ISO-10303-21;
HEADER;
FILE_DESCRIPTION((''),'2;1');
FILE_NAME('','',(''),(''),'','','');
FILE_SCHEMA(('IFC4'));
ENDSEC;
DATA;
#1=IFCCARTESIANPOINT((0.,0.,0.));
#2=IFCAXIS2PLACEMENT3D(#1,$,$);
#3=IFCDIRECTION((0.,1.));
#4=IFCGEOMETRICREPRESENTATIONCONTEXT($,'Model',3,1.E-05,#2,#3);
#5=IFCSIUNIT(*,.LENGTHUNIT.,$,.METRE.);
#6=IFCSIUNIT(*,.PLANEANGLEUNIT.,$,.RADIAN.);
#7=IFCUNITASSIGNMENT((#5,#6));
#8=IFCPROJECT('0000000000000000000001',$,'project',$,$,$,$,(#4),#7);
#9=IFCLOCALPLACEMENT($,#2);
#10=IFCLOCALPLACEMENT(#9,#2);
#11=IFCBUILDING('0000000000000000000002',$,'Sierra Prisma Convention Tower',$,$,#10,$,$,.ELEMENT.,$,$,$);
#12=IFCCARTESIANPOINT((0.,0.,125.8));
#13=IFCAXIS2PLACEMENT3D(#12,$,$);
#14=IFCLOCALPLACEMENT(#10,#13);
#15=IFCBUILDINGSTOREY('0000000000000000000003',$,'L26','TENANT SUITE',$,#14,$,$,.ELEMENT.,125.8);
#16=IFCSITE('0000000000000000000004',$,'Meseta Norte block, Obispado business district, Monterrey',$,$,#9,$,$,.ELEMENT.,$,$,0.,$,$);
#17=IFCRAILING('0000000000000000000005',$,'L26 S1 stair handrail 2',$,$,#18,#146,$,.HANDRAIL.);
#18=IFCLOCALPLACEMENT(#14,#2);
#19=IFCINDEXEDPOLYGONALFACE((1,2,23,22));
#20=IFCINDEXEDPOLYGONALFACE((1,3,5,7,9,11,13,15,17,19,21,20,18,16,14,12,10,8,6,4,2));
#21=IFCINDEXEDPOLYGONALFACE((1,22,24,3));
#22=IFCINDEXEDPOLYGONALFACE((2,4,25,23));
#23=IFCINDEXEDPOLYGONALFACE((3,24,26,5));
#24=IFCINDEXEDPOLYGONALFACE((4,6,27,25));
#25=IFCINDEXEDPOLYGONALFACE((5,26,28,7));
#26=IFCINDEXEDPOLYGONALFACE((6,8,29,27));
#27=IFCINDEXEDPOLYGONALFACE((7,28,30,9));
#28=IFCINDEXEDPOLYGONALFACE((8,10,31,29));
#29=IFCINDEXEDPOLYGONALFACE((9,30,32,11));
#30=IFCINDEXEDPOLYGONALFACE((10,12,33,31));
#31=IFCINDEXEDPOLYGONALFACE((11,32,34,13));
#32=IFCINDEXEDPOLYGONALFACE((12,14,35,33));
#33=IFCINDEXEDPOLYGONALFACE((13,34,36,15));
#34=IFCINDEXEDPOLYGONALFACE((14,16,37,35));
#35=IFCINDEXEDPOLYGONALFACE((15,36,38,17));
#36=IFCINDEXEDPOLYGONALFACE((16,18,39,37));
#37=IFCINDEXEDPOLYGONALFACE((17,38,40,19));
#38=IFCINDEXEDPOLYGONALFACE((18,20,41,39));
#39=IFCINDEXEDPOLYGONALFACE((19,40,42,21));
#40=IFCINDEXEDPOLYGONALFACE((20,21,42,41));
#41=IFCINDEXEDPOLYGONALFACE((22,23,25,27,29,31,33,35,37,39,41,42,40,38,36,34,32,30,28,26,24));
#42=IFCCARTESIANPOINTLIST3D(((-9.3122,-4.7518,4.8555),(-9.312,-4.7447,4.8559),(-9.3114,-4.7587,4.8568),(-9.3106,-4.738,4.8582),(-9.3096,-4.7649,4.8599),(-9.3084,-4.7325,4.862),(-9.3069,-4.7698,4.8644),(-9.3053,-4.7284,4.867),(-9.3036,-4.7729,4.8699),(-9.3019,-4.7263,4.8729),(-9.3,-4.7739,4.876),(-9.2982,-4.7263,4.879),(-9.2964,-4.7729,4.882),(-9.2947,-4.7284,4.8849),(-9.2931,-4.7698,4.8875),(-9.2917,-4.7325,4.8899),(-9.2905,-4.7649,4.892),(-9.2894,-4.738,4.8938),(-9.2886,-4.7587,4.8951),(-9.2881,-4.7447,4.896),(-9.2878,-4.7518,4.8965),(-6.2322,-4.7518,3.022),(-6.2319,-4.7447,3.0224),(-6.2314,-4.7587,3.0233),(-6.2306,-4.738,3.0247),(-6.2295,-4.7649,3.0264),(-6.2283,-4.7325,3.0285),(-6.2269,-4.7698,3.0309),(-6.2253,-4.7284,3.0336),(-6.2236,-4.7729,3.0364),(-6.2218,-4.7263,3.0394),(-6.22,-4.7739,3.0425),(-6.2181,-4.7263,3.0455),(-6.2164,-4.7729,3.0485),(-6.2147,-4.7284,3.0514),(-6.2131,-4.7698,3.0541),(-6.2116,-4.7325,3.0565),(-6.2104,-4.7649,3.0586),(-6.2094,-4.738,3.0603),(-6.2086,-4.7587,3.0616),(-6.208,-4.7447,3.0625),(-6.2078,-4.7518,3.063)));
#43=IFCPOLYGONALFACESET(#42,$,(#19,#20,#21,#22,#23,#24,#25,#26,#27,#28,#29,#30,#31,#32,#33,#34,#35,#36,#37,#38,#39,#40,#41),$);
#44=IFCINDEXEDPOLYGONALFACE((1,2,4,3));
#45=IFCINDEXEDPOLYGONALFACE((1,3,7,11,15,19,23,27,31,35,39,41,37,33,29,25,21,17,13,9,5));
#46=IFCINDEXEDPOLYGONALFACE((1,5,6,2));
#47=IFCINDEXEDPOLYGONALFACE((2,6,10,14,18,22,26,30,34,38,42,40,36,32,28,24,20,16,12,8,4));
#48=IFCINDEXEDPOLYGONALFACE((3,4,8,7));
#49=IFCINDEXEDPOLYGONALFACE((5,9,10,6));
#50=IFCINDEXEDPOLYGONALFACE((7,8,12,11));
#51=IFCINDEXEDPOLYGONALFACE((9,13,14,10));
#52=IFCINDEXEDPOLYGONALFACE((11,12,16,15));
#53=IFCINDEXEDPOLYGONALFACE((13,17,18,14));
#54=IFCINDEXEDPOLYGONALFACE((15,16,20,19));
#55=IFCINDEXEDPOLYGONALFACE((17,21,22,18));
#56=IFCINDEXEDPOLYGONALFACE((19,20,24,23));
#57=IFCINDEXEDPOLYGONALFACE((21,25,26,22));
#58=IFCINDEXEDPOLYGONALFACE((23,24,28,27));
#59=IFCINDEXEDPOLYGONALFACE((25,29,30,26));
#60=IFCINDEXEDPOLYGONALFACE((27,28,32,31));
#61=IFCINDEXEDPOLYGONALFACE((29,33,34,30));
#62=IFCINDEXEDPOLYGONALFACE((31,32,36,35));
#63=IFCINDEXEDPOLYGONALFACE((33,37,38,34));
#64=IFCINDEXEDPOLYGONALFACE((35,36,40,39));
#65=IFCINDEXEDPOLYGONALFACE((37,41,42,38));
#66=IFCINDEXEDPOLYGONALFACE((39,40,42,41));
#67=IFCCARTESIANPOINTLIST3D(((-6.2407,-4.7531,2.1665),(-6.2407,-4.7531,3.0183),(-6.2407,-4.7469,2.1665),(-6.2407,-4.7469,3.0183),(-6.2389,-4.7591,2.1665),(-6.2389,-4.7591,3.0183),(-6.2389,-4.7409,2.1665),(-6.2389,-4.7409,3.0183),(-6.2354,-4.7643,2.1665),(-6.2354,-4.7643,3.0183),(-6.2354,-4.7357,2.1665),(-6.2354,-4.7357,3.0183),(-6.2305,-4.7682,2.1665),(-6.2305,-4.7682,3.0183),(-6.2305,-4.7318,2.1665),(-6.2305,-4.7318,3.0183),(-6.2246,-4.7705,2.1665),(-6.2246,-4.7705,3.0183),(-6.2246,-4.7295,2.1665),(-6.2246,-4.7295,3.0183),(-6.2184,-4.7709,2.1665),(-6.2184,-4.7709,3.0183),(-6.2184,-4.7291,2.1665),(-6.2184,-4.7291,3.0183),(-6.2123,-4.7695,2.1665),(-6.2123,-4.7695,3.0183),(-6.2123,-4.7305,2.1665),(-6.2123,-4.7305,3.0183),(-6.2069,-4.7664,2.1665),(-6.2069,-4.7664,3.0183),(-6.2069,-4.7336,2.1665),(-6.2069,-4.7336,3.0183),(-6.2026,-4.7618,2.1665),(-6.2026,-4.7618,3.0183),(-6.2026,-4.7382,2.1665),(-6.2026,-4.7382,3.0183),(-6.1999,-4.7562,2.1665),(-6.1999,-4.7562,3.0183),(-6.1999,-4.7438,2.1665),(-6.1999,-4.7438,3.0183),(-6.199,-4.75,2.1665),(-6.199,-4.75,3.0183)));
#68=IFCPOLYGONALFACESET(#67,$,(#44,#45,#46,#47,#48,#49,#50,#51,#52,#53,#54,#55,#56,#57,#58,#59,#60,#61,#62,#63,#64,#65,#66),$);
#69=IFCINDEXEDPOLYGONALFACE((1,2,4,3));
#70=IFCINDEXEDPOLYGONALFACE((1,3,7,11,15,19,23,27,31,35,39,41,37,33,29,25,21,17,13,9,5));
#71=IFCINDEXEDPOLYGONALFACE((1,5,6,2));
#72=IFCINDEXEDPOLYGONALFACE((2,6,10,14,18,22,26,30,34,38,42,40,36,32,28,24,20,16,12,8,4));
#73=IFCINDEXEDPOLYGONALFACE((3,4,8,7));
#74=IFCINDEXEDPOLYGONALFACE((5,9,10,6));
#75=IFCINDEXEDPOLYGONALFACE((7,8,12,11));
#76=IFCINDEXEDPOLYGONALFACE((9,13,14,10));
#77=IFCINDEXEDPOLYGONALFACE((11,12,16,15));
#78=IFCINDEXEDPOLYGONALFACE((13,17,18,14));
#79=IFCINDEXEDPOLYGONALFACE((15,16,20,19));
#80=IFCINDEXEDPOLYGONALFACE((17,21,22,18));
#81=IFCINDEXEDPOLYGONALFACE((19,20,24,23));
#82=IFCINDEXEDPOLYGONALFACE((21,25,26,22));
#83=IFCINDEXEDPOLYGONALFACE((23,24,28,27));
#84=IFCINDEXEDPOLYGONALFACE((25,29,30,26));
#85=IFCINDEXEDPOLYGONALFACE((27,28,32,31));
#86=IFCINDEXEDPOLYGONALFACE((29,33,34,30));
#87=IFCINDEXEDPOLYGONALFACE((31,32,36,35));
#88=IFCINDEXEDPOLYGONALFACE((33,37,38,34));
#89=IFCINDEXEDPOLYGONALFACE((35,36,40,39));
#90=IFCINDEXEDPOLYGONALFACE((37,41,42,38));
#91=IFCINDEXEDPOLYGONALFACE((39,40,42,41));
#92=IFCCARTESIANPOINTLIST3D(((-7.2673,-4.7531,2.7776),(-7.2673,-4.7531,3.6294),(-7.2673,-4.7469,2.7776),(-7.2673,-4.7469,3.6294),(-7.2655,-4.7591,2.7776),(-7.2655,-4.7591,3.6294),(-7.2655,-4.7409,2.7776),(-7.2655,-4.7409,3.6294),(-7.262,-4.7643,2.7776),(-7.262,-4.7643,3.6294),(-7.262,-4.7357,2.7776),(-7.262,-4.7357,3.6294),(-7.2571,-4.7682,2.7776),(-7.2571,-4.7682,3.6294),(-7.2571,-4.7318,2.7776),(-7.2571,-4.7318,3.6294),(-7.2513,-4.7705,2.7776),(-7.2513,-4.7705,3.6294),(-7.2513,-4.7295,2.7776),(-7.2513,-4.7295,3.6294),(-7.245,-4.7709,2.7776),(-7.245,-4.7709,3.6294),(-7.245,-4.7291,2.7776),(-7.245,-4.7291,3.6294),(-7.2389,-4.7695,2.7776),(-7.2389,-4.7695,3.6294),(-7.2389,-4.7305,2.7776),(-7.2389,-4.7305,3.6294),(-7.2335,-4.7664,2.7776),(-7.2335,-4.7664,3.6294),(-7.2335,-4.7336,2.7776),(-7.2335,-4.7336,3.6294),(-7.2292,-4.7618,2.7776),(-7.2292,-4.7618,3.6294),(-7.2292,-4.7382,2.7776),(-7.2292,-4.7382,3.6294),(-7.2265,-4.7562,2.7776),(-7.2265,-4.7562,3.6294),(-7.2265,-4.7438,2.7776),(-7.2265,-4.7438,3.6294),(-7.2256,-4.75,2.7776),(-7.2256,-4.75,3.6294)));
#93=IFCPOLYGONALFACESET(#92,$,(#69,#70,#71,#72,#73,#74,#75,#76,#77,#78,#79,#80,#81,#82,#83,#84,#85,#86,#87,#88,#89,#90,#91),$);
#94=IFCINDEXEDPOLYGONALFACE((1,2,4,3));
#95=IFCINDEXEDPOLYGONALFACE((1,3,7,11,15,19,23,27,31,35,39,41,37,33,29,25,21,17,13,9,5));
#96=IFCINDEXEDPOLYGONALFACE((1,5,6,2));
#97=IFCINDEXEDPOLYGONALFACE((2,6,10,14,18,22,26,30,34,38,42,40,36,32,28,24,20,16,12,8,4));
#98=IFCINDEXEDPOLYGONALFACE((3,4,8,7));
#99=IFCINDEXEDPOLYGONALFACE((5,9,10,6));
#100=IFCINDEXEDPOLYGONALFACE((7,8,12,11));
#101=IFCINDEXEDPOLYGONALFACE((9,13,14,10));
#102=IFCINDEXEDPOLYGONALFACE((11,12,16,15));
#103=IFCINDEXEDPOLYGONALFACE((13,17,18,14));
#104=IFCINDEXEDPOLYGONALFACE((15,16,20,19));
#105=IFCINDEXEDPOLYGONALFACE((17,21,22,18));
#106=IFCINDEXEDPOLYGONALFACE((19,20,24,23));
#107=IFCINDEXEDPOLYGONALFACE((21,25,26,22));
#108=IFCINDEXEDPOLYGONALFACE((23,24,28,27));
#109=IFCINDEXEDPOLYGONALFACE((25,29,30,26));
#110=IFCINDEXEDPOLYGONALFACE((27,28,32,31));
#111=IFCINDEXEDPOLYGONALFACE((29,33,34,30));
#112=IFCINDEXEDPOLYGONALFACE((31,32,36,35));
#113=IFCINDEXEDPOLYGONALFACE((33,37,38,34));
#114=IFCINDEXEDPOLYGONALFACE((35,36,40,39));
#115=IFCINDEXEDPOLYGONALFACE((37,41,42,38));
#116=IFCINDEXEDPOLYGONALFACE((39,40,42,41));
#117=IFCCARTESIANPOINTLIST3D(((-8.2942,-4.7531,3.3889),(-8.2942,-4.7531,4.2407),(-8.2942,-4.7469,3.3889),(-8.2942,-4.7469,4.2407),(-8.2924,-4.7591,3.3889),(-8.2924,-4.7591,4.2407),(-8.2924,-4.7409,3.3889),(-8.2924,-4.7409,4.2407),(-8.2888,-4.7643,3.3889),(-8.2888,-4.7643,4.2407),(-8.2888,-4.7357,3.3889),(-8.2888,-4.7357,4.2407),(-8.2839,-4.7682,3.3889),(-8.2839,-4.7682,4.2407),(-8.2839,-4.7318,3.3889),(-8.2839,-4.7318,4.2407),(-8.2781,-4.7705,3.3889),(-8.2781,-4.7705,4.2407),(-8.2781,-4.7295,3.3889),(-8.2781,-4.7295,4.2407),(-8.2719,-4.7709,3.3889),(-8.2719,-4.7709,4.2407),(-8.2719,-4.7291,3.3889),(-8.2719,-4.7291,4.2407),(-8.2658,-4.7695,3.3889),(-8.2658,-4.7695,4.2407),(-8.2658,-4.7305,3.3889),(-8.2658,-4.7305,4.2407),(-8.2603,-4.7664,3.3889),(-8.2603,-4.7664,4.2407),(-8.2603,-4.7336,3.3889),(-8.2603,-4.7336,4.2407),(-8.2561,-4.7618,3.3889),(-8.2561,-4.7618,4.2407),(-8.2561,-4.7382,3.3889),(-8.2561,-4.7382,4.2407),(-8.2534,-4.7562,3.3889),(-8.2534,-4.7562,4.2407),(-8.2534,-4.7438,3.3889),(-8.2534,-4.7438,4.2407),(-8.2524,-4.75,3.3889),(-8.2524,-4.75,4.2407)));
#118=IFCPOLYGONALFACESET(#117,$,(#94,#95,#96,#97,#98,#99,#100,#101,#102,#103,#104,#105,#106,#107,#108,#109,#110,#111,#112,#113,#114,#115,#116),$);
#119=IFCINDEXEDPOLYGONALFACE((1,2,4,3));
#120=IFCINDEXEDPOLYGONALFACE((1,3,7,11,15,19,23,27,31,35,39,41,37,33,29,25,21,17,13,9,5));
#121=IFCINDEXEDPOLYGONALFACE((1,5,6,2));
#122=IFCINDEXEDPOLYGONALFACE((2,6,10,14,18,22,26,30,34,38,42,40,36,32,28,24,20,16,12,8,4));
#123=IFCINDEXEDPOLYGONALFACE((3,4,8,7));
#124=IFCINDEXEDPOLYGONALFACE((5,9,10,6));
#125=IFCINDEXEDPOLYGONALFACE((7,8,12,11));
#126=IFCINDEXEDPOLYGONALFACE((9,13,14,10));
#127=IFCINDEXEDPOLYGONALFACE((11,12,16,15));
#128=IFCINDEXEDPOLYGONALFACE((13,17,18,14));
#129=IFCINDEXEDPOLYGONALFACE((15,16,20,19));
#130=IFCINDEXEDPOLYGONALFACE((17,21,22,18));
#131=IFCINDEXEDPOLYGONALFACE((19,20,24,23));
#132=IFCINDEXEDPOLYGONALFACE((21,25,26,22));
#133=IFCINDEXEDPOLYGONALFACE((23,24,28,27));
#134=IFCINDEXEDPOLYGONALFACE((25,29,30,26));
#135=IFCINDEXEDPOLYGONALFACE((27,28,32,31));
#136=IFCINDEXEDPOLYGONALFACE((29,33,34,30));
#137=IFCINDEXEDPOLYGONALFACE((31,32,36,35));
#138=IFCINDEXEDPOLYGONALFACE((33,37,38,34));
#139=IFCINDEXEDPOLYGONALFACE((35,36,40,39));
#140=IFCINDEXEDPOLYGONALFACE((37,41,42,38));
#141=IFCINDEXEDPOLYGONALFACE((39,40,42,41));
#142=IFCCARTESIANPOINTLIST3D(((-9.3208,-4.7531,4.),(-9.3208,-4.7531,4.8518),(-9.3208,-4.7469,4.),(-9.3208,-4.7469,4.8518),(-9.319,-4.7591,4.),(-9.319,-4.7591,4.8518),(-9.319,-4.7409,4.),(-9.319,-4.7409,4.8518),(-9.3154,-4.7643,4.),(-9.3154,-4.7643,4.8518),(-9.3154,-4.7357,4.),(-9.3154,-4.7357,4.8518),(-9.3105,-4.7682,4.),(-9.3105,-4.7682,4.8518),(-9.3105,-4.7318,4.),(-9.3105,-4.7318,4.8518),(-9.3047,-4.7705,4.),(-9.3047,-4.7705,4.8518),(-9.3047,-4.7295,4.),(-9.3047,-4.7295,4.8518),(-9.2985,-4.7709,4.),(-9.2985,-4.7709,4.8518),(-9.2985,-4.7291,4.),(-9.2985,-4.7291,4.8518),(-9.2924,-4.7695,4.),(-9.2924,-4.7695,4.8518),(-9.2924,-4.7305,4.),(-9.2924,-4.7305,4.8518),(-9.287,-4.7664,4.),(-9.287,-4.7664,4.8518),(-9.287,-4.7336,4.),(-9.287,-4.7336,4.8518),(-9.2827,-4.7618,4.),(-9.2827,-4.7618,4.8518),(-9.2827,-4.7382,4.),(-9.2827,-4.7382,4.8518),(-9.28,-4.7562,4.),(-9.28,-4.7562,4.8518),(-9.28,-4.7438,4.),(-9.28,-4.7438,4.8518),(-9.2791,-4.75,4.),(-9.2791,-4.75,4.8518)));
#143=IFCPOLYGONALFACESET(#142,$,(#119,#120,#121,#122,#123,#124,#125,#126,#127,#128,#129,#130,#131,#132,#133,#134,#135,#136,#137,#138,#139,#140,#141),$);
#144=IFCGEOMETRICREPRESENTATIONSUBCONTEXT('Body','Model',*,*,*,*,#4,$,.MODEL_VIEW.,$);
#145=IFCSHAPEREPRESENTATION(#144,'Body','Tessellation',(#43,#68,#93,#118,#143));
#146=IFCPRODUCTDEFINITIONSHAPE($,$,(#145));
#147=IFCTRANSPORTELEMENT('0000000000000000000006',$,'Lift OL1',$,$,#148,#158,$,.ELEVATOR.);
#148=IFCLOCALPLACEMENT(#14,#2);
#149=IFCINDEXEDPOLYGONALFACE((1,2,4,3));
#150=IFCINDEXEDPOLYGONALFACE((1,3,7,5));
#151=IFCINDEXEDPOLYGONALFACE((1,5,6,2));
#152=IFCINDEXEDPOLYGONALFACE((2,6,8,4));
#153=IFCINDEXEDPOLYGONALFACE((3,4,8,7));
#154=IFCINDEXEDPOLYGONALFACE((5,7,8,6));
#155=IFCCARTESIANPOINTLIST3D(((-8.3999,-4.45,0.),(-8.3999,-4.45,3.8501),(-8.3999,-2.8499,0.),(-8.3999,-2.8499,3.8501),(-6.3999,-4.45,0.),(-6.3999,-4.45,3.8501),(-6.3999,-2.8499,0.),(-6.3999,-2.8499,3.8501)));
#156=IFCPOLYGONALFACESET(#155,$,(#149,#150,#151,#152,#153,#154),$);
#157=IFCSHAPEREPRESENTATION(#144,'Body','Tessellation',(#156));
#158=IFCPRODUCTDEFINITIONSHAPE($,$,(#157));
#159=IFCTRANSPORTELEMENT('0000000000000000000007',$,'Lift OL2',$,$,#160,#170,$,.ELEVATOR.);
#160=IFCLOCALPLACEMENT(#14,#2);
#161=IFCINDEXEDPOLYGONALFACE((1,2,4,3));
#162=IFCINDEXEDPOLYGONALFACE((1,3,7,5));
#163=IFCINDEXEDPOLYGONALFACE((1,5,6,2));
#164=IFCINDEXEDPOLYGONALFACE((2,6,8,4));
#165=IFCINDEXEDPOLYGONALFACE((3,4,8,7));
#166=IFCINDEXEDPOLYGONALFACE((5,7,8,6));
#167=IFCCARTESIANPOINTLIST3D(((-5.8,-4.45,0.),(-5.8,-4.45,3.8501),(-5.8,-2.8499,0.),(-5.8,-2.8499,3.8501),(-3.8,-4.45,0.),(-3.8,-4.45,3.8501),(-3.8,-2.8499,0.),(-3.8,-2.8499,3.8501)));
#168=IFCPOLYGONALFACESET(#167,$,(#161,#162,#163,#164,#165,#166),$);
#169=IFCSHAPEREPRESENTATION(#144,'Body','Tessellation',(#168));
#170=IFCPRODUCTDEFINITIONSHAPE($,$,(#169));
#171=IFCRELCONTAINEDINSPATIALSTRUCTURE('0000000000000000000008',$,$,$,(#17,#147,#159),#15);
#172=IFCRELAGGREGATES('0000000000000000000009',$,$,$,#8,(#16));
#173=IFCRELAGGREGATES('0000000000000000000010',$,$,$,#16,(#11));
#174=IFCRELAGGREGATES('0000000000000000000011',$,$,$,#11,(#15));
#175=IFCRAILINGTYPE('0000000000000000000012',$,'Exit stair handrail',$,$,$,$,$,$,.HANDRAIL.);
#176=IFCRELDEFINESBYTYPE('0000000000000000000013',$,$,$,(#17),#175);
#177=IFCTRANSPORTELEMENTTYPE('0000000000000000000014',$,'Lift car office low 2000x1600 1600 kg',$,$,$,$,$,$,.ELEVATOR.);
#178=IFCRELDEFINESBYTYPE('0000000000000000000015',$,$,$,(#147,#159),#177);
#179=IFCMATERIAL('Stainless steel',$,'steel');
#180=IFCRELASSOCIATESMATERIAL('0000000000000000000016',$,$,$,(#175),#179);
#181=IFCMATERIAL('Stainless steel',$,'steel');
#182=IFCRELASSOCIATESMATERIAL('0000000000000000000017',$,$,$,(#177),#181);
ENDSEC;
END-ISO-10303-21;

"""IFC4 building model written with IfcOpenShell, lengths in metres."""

from ifc_helpers import new_model, si_unit, direction, frame, origin, origin_2d, place, context, subcontext, project, spatial, rectangle, circle, extrude, material, type_object, element, save


model = new_model("IFC4")

# Units and contexts
model_context = context("Model", 3, precision=1e-05, world=origin(), true_north=direction((0.0, 1.0)))
body_context = subcontext(model_context, "Body", "Model", "MODEL_VIEW")
ifc_project = project(units=[si_unit("LENGTHUNIT", "METRE"), si_unit("PLANEANGLEUNIT", "RADIAN")], contexts=[model_context])

# Site, building, storey
site_placement = place(None, origin())
site = spatial("IfcSite", under=ifc_project, at=site_placement, Name="Meseta Norte block, Obispado business district, Monterrey", CompositionType="ELEMENT", RefElevation=0.0)
building_placement = place(site_placement, origin())
building = spatial("IfcBuilding", under=site, at=building_placement, Name="Sierra Prisma Convention Tower", CompositionType="ELEMENT")
storey_placement = place(building_placement, frame((0.0, 0.0, 125.8)))
storey = spatial("IfcBuildingStorey", under=building, at=storey_placement, Name="L26", Description="TENANT SUITE", CompositionType="ELEMENT", Elevation=125.8)

# Railing
ifc_material_1 = material(Name="Stainless steel", Category="steel")
railing_type = type_object("IfcRailingType", Name="Exit stair handrail", PredefinedType="HANDRAIL", material=ifc_material_1)
railing_placement = place(storey_placement, frame((-6.22, -4.75, 2.1665)))
element("IfcRailing", 1, at=railing_placement, inside=storey, type_object=railing_type, Name="L26 S1 stair handrail 2", PredefinedType="HANDRAIL", context=body_context, shape_type="SweptSolid", body=[
    extrude(circle(Radius=0.0239, at=origin_2d()), frame((0.0, 0.0, 0.876), z_axis=(-0.859279, 0.0, 0.511508), x_axis=(0.0, -1.0, 0.0)), (0.0, 0.0, 1.0), 3.5845),
    extrude(circle(Radius=0.021, at=origin_2d()), origin(), (0.0, 0.0, 1.0), 0.8518),
    extrude(circle(Radius=0.021, at=origin_2d()), frame((-1.0266, 0.0, 0.6111)), (0.0, 0.0, 1.0), 0.8518),
    extrude(circle(Radius=0.021, at=origin_2d()), frame((-2.0535, 0.0, 1.2224)), (0.0, 0.0, 1.0), 0.8518),
    extrude(circle(Radius=0.021, at=origin_2d()), frame((-3.0801, 0.0, 1.8335)), (0.0, 0.0, 1.0), 0.8518),
])

# Transport elements
ifc_material_2 = material(Name="Stainless steel", Category="steel")
transport_element_type = type_object("IfcTransportElementType", Name="Lift car office low 2000x1600 1600 kg", PredefinedType="ELEVATOR", material=ifc_material_2)
for number, where, z_axis, x_axis, name in (
    (2, (-7.3999, -3.6499, 0.0), (0.0, 0.0, 1.0), (1.0, 0.0, 0.0), "Lift OL1"),
    (3, (-4.8, -3.6499, 0.0), (0.0, 0.0, 1.0), (1.0, 0.0, 0.0), "Lift OL2"),
):
    element("IfcTransportElement", number, at=place(storey_placement, frame(where, z_axis=z_axis, x_axis=x_axis)), inside=storey, type_object=transport_element_type, Name=name, PredefinedType="ELEVATOR", context=body_context, shape_type="SweptSolid", body=[
        extrude(rectangle(XDim=2.0, YDim=1.6001, at=origin_2d()), origin(), (0.0, 0.0, 1.0), 3.8501),
    ])

save(model, "model.ifc")
